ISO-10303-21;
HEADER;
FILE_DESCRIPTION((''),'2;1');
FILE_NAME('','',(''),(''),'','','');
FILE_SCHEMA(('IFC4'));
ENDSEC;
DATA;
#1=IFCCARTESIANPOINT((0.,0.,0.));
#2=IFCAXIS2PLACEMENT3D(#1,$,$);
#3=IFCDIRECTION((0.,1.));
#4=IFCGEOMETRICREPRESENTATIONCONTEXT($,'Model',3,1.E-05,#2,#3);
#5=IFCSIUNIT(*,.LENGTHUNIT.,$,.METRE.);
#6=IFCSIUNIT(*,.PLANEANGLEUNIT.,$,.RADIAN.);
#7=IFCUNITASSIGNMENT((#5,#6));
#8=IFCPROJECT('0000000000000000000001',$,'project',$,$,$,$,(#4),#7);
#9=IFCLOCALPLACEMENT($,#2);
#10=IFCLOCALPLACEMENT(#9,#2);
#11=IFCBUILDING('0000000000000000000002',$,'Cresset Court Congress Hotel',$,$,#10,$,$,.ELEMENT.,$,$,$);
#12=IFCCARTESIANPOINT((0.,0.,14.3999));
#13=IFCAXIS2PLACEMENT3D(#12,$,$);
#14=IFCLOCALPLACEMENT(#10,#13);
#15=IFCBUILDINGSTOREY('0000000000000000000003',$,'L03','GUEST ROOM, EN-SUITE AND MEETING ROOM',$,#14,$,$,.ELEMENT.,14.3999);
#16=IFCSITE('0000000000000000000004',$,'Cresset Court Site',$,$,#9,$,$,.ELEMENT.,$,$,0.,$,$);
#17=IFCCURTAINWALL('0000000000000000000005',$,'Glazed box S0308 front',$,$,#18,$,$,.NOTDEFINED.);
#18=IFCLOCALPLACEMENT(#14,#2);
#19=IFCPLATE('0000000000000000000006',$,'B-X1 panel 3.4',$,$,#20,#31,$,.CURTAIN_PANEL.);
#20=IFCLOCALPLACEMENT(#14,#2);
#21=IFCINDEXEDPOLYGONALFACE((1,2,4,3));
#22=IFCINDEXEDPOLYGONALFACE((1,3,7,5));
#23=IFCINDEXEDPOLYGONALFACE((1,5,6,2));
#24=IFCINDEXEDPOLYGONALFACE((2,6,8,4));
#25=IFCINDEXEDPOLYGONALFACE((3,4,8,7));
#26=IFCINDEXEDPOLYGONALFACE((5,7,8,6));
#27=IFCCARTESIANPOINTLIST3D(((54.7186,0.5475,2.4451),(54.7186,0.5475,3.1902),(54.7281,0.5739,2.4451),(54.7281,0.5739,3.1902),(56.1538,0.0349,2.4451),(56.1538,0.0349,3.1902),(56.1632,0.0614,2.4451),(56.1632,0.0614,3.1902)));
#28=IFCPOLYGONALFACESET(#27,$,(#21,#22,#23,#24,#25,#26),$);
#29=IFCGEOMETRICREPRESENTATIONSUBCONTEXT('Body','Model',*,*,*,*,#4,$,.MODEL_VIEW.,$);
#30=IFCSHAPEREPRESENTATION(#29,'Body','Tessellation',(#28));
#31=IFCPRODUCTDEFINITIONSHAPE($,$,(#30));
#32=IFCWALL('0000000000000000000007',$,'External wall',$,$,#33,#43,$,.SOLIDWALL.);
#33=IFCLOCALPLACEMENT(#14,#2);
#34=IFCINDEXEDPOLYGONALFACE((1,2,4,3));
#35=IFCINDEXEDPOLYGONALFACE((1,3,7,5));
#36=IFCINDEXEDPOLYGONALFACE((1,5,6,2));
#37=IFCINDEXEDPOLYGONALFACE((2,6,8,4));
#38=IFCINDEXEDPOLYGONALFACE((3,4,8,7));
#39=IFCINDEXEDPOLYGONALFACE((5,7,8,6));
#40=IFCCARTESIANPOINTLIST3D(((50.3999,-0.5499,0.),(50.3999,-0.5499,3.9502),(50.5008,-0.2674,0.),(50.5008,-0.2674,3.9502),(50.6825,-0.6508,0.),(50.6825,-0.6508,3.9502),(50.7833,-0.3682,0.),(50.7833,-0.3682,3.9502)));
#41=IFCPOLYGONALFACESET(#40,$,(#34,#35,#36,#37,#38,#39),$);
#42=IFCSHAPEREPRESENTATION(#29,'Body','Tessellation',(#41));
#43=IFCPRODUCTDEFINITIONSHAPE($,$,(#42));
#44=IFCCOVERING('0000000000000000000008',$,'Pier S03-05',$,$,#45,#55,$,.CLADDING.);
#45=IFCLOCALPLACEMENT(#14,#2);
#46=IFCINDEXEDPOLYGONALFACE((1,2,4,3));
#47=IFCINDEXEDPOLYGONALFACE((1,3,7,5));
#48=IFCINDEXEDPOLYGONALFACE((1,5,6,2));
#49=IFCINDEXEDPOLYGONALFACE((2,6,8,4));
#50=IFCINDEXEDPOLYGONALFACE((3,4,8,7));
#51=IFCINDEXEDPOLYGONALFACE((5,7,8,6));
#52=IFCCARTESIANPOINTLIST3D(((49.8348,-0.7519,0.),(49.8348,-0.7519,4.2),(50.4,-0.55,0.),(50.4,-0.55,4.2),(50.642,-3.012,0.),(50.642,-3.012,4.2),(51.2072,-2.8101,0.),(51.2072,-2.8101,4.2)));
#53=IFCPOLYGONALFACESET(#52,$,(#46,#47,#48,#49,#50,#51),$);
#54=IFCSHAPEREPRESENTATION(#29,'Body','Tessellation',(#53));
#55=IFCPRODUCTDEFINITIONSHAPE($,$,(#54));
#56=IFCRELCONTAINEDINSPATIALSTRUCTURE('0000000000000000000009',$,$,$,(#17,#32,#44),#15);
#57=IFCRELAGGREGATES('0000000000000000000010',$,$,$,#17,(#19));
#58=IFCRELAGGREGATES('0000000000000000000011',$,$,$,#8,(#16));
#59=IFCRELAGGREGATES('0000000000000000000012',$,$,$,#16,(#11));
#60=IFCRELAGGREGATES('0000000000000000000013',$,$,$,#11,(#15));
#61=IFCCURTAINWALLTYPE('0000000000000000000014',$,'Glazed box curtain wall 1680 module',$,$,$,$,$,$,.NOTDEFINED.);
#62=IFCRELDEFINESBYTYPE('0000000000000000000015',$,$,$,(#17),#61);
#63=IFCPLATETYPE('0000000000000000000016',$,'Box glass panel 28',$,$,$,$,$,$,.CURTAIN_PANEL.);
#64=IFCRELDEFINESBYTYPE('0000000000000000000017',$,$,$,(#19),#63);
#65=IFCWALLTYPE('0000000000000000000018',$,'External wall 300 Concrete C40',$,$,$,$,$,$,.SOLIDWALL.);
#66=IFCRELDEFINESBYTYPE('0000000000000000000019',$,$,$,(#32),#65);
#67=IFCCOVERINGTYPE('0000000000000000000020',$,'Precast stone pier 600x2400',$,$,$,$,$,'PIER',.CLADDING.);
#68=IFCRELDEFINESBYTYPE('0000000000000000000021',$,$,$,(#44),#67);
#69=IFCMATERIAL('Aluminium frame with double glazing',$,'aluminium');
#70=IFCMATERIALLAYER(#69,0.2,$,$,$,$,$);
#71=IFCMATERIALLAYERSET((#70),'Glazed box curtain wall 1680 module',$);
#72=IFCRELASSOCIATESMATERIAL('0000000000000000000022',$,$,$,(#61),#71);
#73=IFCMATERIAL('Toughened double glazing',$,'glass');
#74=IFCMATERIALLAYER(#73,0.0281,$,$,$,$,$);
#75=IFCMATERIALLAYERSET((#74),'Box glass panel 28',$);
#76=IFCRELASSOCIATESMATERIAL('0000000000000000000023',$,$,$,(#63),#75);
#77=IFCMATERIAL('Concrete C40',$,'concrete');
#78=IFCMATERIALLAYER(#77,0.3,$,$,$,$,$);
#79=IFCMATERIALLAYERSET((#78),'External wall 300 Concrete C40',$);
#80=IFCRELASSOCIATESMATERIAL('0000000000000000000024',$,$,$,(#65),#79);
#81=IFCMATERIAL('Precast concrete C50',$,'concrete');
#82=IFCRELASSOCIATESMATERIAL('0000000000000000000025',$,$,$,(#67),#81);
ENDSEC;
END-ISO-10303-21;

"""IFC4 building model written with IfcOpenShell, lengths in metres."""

from ifc_helpers import new_model, si_unit, direction, frame, frame_2d, origin, origin_2d, place, context, subcontext, project, spatial, rectangle, extrude, material, layer, layer_set, type_object, element, aggregate, save


model = new_model("IFC4")

# Units and contexts
model_context = context("Model", 3, precision=1e-05, world=origin(), true_north=direction((0.0, 1.0)))
body_context = subcontext(model_context, "Body", "Model", "MODEL_VIEW")
ifc_project = project(units=[si_unit("LENGTHUNIT", "METRE"), si_unit("PLANEANGLEUNIT", "RADIAN")], contexts=[model_context])

# Site, building, storey
site_placement = place(None, origin())
site = spatial("IfcSite", under=ifc_project, at=site_placement, Name="Cresset Court Site", CompositionType="ELEMENT", RefElevation=0.0)
building_placement = place(site_placement, origin())
building = spatial("IfcBuilding", under=site, at=building_placement, Name="Cresset Court Congress Hotel", CompositionType="ELEMENT")
storey_placement = place(building_placement, frame((0.0, 0.0, 14.3999)))
storey = spatial("IfcBuildingStorey", under=building, at=storey_placement, Name="L03", Description="GUEST ROOM, EN-SUITE AND MEETING ROOM", CompositionType="ELEMENT", Elevation=14.3999)

# Curtain wall
ifc_material_1 = material(Name="Aluminium frame with double glazing", Category="aluminium")
ifc_layer_1 = layer(ifc_material_1, 0.2)
ifc_layer_set_1 = layer_set([ifc_layer_1], Name="Glazed box curtain wall 1680 module")
curtain_wall_type = type_object("IfcCurtainWallType", Name="Glazed box curtain wall 1680 module", PredefinedType="NOTDEFINED", material=ifc_layer_set_1)
curtain_wall_1_placement = place(storey_placement, origin())
curtain_wall_1 = element("IfcCurtainWall", 1, at=curtain_wall_1_placement, inside=storey, type_object=curtain_wall_type, Name="Glazed box S0308 front", PredefinedType="NOTDEFINED")

# Plate
ifc_material_2 = material(Name="Toughened double glazing", Category="glass")
ifc_layer_2 = layer(ifc_material_2, 0.0281)
ifc_layer_set_2 = layer_set([ifc_layer_2], Name="Box glass panel 28")
plate_type = type_object("IfcPlateType", Name="Box glass panel 28", PredefinedType="CURTAIN_PANEL", material=ifc_layer_set_2)
plate_1_placement = place(storey_placement, frame((55.4409, 0.3044, 2.4451), z_axis=(0.0, 0.0, 1.0), x_axis=(0.941742, -0.336336, 0.0)))
plate_1 = element("IfcPlate", 2, at=plate_1_placement, type_object=plate_type, Name="B-X1 panel 3.4", PredefinedType="CURTAIN_PANEL", context=body_context, shape_type="SweptSolid", body=[
    extrude(rectangle(XDim=1.5239, YDim=0.0281, at=origin_2d()), origin(), (0.0, 0.0, 1.0), 0.7451),
])
aggregate(curtain_wall_1, [plate_1])

# Wall
ifc_material_3 = material(Name="Concrete C40", Category="concrete")
ifc_layer_3 = layer(ifc_material_3, 0.3)
ifc_layer_set_3 = layer_set([ifc_layer_3], Name="External wall 300 Concrete C40")
wall_type = type_object("IfcWallType", Name="External wall 300 Concrete C40", PredefinedType="SOLIDWALL", material=ifc_layer_set_3)
wall_placement = place(storey_placement, frame((50.4504, -0.4087, 0.0), z_axis=(0.0, 0.0, 1.0), x_axis=(0.941797, -0.336182, 0.0)))
element("IfcWall", 3, at=wall_placement, inside=storey, type_object=wall_type, Name="External wall", PredefinedType="SOLIDWALL", context=body_context, shape_type="SweptSolid", body=[
    extrude(rectangle(XDim=0.3, YDim=0.3, at=frame_2d((0.1499, 0.0))), origin(), (0.0, 0.0, 1.0), 3.9502),
])

# Covering
ifc_material_4 = material(Name="Precast concrete C50", Category="concrete")
covering_type = type_object("IfcCoveringType", Name="Precast stone pier 600x2400", ElementType="PIER", PredefinedType="CLADDING", material=ifc_material_4)
covering_placement = place(storey_placement, frame((50.521, -1.781, 0.0), z_axis=(0.0, 0.0, 1.0), x_axis=(0.941742, 0.336336, 0.0)))
element("IfcCovering", 4, at=covering_placement, inside=storey, type_object=covering_type, Name="Pier S03-05", PredefinedType="CLADDING", context=body_context, shape_type="SweptSolid", body=[
    extrude(rectangle(XDim=0.6001, YDim=2.3999, at=origin_2d()), origin(), (0.0, 0.0, 1.0), 4.2),
])

save(model, "model.ifc")
